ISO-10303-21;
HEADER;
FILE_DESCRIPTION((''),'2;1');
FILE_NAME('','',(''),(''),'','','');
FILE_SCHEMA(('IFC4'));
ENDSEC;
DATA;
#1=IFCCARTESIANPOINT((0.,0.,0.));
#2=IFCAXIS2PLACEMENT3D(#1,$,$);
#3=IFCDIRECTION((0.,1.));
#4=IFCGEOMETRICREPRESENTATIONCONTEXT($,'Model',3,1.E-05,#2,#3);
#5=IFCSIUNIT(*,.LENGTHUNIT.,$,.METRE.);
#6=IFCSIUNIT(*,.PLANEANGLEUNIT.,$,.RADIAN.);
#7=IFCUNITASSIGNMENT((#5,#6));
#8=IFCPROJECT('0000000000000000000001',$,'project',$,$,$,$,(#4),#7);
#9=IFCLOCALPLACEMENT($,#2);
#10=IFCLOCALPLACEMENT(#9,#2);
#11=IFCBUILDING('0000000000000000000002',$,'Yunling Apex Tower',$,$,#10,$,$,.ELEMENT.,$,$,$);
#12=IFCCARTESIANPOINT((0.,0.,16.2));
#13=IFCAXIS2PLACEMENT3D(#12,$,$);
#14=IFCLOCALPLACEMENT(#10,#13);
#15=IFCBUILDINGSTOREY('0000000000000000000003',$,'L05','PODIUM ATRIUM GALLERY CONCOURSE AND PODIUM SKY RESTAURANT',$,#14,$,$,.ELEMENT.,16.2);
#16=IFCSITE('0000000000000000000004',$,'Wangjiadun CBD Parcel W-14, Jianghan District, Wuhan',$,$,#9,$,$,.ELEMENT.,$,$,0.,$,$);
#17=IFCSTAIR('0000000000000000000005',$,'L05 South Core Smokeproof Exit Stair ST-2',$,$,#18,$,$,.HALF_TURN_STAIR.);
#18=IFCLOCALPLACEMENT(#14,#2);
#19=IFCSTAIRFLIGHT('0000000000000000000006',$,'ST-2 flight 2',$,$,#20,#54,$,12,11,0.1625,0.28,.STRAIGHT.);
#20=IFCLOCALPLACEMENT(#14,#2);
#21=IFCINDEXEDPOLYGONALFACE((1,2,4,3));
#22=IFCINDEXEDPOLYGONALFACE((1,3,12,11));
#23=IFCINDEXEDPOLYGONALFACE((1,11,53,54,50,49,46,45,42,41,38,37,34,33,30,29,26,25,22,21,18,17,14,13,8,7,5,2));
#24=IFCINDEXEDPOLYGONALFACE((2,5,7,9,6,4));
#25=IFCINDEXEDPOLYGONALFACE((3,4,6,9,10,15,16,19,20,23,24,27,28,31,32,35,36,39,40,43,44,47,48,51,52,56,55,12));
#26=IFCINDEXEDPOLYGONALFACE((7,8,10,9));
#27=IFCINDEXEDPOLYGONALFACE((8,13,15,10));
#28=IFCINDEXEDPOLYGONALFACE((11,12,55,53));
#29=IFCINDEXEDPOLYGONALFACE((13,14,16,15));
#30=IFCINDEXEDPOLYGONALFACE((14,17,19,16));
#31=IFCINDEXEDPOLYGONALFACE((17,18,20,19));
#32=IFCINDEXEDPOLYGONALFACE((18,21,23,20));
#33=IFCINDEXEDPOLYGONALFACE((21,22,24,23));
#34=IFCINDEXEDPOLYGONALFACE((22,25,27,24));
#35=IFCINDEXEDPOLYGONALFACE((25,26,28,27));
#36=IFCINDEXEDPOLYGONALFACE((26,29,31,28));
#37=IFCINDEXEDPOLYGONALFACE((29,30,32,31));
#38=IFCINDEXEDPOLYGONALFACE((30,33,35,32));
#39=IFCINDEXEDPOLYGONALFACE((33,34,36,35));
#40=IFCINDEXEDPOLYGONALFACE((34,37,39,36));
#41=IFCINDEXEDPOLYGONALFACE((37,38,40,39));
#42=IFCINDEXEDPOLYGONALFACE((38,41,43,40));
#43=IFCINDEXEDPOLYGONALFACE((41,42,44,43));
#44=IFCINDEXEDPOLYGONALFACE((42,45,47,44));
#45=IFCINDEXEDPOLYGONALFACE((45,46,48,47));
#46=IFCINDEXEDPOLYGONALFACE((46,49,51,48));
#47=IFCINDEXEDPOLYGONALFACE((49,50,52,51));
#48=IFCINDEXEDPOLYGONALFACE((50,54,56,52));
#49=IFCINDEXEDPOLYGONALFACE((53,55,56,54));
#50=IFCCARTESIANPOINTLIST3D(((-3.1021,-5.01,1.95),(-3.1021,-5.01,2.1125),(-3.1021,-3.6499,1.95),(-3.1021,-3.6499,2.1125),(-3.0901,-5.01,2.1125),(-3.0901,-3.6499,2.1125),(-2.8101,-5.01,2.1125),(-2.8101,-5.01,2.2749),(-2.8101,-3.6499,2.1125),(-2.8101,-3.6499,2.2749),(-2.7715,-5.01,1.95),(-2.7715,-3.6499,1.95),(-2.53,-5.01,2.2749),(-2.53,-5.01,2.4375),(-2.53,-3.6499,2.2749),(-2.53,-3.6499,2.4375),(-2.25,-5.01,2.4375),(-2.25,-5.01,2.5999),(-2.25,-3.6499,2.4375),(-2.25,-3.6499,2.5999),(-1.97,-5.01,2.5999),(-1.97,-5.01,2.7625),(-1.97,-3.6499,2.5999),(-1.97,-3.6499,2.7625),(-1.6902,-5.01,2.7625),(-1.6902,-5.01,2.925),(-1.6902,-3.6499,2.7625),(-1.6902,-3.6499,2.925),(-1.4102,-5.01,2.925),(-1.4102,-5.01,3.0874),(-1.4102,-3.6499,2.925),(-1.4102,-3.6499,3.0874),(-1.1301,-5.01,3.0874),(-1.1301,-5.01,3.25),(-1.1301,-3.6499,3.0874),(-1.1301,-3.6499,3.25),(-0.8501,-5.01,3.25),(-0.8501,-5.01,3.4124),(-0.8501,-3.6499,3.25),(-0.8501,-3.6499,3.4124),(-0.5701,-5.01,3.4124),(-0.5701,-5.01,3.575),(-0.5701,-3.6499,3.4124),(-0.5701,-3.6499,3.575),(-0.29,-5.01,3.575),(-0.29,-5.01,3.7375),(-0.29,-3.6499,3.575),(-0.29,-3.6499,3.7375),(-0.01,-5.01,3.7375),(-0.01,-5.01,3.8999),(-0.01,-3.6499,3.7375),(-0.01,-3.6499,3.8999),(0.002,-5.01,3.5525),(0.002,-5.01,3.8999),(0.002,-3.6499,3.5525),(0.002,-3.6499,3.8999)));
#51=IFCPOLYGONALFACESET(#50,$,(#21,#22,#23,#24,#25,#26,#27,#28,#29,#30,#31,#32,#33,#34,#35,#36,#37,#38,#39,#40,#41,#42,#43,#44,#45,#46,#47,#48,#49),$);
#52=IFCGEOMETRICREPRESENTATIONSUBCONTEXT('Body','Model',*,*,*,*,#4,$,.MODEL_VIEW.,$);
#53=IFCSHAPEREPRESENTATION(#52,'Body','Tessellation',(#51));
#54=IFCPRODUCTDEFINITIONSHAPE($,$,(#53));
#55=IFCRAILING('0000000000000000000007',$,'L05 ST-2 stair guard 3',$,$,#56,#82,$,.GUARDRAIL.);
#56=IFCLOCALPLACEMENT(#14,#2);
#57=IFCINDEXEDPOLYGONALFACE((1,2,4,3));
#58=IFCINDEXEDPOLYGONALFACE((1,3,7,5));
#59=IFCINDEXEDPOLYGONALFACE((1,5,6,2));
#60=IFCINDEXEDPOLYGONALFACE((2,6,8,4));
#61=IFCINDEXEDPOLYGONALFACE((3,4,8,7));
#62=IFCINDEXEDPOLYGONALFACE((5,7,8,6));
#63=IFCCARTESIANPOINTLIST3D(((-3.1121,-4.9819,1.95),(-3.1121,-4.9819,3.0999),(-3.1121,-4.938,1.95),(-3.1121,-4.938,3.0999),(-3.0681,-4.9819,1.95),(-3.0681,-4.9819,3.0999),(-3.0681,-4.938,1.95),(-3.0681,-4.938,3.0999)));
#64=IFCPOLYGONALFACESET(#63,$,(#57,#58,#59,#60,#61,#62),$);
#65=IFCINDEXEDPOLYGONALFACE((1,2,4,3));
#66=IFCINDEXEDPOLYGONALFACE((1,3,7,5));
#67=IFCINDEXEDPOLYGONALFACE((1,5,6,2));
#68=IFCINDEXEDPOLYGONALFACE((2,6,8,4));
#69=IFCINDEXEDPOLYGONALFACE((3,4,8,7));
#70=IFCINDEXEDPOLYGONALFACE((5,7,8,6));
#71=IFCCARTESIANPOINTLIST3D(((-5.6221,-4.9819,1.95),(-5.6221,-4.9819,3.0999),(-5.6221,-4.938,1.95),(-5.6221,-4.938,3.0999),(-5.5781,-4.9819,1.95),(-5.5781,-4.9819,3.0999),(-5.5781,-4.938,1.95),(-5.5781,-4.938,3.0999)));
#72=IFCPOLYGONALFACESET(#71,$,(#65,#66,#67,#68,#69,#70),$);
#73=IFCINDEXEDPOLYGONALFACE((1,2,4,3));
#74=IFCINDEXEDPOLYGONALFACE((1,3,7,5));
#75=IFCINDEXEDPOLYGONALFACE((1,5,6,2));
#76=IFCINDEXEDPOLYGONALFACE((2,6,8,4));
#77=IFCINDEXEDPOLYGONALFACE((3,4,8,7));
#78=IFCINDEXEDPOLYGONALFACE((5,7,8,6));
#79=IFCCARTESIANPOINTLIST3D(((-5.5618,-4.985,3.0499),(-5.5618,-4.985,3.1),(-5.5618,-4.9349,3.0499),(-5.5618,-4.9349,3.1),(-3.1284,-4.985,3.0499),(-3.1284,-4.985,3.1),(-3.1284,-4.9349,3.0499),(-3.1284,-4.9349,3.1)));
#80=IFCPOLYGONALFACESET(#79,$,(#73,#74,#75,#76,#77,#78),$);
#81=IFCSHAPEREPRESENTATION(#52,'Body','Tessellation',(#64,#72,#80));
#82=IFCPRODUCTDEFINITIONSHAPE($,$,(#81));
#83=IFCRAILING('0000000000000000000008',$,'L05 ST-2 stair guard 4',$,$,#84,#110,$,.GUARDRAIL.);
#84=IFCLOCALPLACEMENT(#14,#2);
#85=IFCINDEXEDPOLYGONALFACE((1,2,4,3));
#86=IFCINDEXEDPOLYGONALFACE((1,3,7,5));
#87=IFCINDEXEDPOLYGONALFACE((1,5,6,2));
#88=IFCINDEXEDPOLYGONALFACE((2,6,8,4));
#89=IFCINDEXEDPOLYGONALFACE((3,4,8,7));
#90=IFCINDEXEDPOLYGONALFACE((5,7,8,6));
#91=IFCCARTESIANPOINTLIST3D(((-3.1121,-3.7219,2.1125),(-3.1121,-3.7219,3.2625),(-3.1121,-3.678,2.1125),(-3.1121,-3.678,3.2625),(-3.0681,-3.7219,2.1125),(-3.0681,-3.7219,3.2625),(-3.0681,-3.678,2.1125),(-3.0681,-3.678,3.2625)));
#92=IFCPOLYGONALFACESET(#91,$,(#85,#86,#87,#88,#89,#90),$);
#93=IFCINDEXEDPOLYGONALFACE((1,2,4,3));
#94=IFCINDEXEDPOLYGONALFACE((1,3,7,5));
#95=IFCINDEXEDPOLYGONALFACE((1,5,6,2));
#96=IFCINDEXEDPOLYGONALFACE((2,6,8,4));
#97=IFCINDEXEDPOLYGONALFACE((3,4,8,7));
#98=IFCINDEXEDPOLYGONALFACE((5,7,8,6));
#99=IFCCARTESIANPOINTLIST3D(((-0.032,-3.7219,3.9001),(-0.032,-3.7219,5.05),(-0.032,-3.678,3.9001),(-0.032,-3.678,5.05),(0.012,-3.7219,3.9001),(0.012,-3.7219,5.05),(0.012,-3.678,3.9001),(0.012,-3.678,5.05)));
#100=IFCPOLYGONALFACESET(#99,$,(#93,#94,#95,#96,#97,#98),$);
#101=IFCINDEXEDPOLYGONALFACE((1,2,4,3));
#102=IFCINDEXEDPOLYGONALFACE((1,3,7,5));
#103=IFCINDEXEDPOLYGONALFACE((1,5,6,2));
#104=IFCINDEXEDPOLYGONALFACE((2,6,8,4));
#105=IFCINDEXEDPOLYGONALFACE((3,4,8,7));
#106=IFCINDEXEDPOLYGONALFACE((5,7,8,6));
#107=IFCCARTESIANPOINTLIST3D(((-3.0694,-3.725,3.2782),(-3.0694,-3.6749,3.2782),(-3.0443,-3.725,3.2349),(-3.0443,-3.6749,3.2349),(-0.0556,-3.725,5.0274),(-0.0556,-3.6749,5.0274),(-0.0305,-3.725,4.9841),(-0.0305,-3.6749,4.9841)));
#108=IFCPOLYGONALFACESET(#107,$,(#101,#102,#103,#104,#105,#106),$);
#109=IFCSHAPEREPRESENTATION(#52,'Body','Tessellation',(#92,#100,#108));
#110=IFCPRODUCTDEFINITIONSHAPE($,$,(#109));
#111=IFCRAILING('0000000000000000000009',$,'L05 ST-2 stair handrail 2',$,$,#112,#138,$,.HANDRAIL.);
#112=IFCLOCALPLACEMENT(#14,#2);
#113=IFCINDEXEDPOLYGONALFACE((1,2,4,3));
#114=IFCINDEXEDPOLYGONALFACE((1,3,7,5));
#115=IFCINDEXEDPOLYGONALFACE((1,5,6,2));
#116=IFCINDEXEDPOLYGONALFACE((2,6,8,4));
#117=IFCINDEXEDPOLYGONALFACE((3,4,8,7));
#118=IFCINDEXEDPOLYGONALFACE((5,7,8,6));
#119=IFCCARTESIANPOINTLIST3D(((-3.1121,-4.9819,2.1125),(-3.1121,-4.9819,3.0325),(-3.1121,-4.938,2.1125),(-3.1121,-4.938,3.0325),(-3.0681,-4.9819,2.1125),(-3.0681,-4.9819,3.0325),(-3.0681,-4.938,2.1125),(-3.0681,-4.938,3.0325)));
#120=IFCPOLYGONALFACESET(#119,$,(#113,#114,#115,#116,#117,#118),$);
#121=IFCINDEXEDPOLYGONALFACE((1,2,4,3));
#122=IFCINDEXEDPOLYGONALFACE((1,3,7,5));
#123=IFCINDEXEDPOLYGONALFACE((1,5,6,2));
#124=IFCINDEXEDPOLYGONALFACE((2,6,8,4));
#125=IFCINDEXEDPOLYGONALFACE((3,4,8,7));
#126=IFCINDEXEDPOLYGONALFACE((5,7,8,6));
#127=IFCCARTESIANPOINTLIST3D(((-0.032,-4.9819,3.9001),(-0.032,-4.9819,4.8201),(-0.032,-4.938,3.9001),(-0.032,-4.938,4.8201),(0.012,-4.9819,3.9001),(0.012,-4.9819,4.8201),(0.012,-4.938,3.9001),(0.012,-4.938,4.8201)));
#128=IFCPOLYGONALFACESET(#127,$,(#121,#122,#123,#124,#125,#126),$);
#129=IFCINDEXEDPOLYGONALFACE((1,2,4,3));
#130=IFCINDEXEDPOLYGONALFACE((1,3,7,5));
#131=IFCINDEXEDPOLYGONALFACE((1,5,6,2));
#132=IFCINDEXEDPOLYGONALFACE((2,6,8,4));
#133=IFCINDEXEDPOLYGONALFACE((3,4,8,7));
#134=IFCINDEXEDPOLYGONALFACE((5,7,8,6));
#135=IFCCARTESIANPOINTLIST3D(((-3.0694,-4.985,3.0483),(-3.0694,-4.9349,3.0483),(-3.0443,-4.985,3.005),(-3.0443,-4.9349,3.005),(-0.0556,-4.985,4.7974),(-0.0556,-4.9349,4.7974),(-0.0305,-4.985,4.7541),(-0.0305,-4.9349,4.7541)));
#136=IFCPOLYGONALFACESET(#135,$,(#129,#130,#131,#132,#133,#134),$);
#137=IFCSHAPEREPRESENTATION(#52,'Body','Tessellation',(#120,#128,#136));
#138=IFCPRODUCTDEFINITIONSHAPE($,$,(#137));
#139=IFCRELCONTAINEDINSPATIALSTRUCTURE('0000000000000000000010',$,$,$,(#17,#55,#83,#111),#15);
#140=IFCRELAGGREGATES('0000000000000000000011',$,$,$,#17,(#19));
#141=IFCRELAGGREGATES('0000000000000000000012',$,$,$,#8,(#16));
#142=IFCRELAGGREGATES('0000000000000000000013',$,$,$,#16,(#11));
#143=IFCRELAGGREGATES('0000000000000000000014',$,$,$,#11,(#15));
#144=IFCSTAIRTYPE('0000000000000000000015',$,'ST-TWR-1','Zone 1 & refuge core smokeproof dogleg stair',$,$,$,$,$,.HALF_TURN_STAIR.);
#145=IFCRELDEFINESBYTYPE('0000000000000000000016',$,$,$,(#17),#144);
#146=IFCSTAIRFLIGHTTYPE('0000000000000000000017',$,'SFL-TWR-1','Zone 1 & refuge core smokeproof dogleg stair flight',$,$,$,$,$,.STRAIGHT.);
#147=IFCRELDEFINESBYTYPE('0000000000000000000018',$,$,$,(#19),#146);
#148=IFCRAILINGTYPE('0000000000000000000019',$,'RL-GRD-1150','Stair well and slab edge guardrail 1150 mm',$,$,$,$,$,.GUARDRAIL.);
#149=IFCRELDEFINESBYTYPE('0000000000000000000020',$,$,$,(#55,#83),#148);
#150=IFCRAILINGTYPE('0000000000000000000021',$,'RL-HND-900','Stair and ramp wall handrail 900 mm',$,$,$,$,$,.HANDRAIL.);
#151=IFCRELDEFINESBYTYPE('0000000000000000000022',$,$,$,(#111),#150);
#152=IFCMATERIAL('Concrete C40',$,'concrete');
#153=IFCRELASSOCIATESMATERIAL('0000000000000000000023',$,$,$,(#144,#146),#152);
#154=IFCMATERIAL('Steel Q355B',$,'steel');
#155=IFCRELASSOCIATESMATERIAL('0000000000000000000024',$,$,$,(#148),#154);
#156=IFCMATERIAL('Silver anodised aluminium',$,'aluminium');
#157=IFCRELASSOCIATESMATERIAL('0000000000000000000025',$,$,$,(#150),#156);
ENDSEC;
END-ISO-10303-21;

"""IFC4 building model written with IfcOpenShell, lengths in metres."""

from ifc_helpers import new_model, si_unit, direction, frame, origin, origin_2d, place, context, subcontext, project, spatial, polyline, rectangle, outline, extrude, material, type_object, element, aggregate, save


model = new_model("IFC4")

# Units and contexts
model_context = context("Model", 3, precision=1e-05, world=origin(), true_north=direction((0.0, 1.0)))
body_context = subcontext(model_context, "Body", "Model", "MODEL_VIEW")
ifc_project = project(units=[si_unit("LENGTHUNIT", "METRE"), si_unit("PLANEANGLEUNIT", "RADIAN")], contexts=[model_context])

# Site, building, storey
site_placement = place(None, origin())
site = spatial("IfcSite", under=ifc_project, at=site_placement, Name="Wangjiadun CBD Parcel W-14, Jianghan District, Wuhan", CompositionType="ELEMENT", RefElevation=0.0)
building_placement = place(site_placement, origin())
building = spatial("IfcBuilding", under=site, at=building_placement, Name="Yunling Apex Tower", CompositionType="ELEMENT")
storey_placement = place(building_placement, frame((0.0, 0.0, 16.2)))
storey = spatial("IfcBuildingStorey", under=building, at=storey_placement, Name="L05", Description="PODIUM ATRIUM GALLERY CONCOURSE AND PODIUM SKY RESTAURANT", CompositionType="ELEMENT", Elevation=16.2)

# Shared definitions
ifc_material_1 = material(Name="Steel Q355B", Category="steel")

# Shared definitions
ifc_material_2 = material(Name="Concrete C40", Category="concrete")

# Stair, stair flight
stair_type = type_object("IfcStairType", Name="ST-TWR-1", Description="Zone 1 & refuge core smokeproof dogleg stair", PredefinedType="HALF_TURN_STAIR", material=ifc_material_2)
stair_placement = place(storey_placement, origin())
stair = element("IfcStair", 1, at=stair_placement, inside=storey, type_object=stair_type, Name="L05 South Core Smokeproof Exit Stair ST-2", PredefinedType="HALF_TURN_STAIR")
stair_flight_type = type_object("IfcStairFlightType", Name="SFL-TWR-1", Description="Zone 1 & refuge core smokeproof dogleg stair flight", PredefinedType="STRAIGHT", material=ifc_material_2)
stair_flight_placement = place(storey_placement, frame((-3.0901, -4.3301, 1.95), z_axis=(0.0, 0.0, 1.0), x_axis=(1.0, 0.0, 0.0)))
stair_flight = element("IfcStairFlight", 2, at=stair_flight_placement, type_object=stair_flight_type, Name="ST-2 flight 2", NumberOfRisers=12, NumberOfTreads=11, PredefinedType="STRAIGHT", RiserHeight=0.1625, TreadLength=0.28, context=body_context, shape_type="SweptSolid", body=[
    extrude(outline(polyline([(-0.012, 0.0), (-0.012, 0.1626), (0.0, 0.1626), (0.28, 0.1626), (0.28, 0.325), (0.5601, 0.325), (0.5601, 0.4875), (0.8401, 0.4875), (0.8401, 0.6499), (1.1201, 0.6499), (1.1201, 0.8125), (1.3999, 0.8125), (1.3999, 0.9751), (1.6799, 0.9751), (1.6799, 1.1375), (1.96, 1.1375), (1.96, 1.3), (2.24, 1.3), (2.24, 1.4624), (2.52, 1.4624), (2.52, 1.625), (2.8, 1.625), (2.8, 1.7876), (3.0801, 1.7876), (3.0801, 1.95), (3.092, 1.95), (3.092, 1.6025), (0.3186, 0.0), (-0.012, 0.0)])), frame((0.0, 0.6802, 0.0), z_axis=(0.0, -1.0, 0.0), x_axis=(1.0, 0.0, 0.0)), (0.0, 0.0, 1.0), 1.3601),
])
aggregate(stair, [stair_flight])

# Railings
railing_type_1 = type_object("IfcRailingType", Name="RL-GRD-1150", Description="Stair well and slab edge guardrail 1150 mm", PredefinedType="GUARDRAIL", material=ifc_material_1)
railing_1_placement = place(storey_placement, frame((-3.0901, -4.96, 1.95)))
element("IfcRailing", 3, at=railing_1_placement, inside=storey, type_object=railing_type_1, Name="L05 ST-2 stair guard 3", PredefinedType="GUARDRAIL", context=body_context, shape_type="SweptSolid", body=[
    extrude(rectangle(XDim=0.0439, YDim=0.0439, at=origin_2d()), origin(), (0.0, 0.0, 1.0), 1.1499),
    extrude(rectangle(XDim=0.0439, YDim=0.0439, at=origin_2d()), frame((-2.51, 0.0, 0.0)), (0.0, 0.0, 1.0), 1.1499),
    extrude(rectangle(XDim=0.05, YDim=0.05, at=origin_2d()), frame((-0.0383, 0.0, 1.125), z_axis=(-1.0, 0.0, 0.0), x_axis=(0.0, -1.0, 0.0)), (0.0, 0.0, 1.0), 2.4333),
])
railing_2_placement = place(storey_placement, frame((-3.0901, -3.7, 2.1125)))
element("IfcRailing", 4, at=railing_2_placement, inside=storey, type_object=railing_type_1, Name="L05 ST-2 stair guard 4", PredefinedType="GUARDRAIL", context=body_context, shape_type="SweptSolid", body=[
    extrude(rectangle(XDim=0.0439, YDim=0.0439, at=origin_2d()), origin(), (0.0, 0.0, 1.0), 1.1499),
    extrude(rectangle(XDim=0.0439, YDim=0.0439, at=origin_2d()), frame((3.0801, 0.0, 1.7876)), (0.0, 0.0, 1.0), 1.1499),
    extrude(rectangle(XDim=0.05, YDim=0.05, at=origin_2d()), frame((0.0332, 0.0, 1.144), z_axis=(0.864891, 0.0, 0.50196), x_axis=(0.0, 1.0, 0.0)), (0.0, 0.0, 1.0), 3.4846),
])
ifc_material_3 = material(Name="Silver anodised aluminium", Category="aluminium")
railing_type_2 = type_object("IfcRailingType", Name="RL-HND-900", Description="Stair and ramp wall handrail 900 mm", PredefinedType="HANDRAIL", material=ifc_material_3)
railing_3_placement = place(storey_placement, frame((-3.0901, -4.96, 2.1125)))
element("IfcRailing", 5, at=railing_3_placement, inside=storey, type_object=railing_type_2, Name="L05 ST-2 stair handrail 2", PredefinedType="HANDRAIL", context=body_context, shape_type="SweptSolid", body=[
    extrude(rectangle(XDim=0.0439, YDim=0.0439, at=origin_2d()), origin(), (0.0, 0.0, 1.0), 0.9199),
    extrude(rectangle(XDim=0.0439, YDim=0.0439, at=origin_2d()), frame((3.0801, 0.0, 1.7876)), (0.0, 0.0, 1.0), 0.9199),
    extrude(rectangle(XDim=0.05, YDim=0.05, at=origin_2d()), frame((0.0332, 0.0, 0.9141), z_axis=(0.864891, 0.0, 0.50196), x_axis=(0.0, 1.0, 0.0)), (0.0, 0.0, 1.0), 3.4846),
])

save(model, "model.ifc")
